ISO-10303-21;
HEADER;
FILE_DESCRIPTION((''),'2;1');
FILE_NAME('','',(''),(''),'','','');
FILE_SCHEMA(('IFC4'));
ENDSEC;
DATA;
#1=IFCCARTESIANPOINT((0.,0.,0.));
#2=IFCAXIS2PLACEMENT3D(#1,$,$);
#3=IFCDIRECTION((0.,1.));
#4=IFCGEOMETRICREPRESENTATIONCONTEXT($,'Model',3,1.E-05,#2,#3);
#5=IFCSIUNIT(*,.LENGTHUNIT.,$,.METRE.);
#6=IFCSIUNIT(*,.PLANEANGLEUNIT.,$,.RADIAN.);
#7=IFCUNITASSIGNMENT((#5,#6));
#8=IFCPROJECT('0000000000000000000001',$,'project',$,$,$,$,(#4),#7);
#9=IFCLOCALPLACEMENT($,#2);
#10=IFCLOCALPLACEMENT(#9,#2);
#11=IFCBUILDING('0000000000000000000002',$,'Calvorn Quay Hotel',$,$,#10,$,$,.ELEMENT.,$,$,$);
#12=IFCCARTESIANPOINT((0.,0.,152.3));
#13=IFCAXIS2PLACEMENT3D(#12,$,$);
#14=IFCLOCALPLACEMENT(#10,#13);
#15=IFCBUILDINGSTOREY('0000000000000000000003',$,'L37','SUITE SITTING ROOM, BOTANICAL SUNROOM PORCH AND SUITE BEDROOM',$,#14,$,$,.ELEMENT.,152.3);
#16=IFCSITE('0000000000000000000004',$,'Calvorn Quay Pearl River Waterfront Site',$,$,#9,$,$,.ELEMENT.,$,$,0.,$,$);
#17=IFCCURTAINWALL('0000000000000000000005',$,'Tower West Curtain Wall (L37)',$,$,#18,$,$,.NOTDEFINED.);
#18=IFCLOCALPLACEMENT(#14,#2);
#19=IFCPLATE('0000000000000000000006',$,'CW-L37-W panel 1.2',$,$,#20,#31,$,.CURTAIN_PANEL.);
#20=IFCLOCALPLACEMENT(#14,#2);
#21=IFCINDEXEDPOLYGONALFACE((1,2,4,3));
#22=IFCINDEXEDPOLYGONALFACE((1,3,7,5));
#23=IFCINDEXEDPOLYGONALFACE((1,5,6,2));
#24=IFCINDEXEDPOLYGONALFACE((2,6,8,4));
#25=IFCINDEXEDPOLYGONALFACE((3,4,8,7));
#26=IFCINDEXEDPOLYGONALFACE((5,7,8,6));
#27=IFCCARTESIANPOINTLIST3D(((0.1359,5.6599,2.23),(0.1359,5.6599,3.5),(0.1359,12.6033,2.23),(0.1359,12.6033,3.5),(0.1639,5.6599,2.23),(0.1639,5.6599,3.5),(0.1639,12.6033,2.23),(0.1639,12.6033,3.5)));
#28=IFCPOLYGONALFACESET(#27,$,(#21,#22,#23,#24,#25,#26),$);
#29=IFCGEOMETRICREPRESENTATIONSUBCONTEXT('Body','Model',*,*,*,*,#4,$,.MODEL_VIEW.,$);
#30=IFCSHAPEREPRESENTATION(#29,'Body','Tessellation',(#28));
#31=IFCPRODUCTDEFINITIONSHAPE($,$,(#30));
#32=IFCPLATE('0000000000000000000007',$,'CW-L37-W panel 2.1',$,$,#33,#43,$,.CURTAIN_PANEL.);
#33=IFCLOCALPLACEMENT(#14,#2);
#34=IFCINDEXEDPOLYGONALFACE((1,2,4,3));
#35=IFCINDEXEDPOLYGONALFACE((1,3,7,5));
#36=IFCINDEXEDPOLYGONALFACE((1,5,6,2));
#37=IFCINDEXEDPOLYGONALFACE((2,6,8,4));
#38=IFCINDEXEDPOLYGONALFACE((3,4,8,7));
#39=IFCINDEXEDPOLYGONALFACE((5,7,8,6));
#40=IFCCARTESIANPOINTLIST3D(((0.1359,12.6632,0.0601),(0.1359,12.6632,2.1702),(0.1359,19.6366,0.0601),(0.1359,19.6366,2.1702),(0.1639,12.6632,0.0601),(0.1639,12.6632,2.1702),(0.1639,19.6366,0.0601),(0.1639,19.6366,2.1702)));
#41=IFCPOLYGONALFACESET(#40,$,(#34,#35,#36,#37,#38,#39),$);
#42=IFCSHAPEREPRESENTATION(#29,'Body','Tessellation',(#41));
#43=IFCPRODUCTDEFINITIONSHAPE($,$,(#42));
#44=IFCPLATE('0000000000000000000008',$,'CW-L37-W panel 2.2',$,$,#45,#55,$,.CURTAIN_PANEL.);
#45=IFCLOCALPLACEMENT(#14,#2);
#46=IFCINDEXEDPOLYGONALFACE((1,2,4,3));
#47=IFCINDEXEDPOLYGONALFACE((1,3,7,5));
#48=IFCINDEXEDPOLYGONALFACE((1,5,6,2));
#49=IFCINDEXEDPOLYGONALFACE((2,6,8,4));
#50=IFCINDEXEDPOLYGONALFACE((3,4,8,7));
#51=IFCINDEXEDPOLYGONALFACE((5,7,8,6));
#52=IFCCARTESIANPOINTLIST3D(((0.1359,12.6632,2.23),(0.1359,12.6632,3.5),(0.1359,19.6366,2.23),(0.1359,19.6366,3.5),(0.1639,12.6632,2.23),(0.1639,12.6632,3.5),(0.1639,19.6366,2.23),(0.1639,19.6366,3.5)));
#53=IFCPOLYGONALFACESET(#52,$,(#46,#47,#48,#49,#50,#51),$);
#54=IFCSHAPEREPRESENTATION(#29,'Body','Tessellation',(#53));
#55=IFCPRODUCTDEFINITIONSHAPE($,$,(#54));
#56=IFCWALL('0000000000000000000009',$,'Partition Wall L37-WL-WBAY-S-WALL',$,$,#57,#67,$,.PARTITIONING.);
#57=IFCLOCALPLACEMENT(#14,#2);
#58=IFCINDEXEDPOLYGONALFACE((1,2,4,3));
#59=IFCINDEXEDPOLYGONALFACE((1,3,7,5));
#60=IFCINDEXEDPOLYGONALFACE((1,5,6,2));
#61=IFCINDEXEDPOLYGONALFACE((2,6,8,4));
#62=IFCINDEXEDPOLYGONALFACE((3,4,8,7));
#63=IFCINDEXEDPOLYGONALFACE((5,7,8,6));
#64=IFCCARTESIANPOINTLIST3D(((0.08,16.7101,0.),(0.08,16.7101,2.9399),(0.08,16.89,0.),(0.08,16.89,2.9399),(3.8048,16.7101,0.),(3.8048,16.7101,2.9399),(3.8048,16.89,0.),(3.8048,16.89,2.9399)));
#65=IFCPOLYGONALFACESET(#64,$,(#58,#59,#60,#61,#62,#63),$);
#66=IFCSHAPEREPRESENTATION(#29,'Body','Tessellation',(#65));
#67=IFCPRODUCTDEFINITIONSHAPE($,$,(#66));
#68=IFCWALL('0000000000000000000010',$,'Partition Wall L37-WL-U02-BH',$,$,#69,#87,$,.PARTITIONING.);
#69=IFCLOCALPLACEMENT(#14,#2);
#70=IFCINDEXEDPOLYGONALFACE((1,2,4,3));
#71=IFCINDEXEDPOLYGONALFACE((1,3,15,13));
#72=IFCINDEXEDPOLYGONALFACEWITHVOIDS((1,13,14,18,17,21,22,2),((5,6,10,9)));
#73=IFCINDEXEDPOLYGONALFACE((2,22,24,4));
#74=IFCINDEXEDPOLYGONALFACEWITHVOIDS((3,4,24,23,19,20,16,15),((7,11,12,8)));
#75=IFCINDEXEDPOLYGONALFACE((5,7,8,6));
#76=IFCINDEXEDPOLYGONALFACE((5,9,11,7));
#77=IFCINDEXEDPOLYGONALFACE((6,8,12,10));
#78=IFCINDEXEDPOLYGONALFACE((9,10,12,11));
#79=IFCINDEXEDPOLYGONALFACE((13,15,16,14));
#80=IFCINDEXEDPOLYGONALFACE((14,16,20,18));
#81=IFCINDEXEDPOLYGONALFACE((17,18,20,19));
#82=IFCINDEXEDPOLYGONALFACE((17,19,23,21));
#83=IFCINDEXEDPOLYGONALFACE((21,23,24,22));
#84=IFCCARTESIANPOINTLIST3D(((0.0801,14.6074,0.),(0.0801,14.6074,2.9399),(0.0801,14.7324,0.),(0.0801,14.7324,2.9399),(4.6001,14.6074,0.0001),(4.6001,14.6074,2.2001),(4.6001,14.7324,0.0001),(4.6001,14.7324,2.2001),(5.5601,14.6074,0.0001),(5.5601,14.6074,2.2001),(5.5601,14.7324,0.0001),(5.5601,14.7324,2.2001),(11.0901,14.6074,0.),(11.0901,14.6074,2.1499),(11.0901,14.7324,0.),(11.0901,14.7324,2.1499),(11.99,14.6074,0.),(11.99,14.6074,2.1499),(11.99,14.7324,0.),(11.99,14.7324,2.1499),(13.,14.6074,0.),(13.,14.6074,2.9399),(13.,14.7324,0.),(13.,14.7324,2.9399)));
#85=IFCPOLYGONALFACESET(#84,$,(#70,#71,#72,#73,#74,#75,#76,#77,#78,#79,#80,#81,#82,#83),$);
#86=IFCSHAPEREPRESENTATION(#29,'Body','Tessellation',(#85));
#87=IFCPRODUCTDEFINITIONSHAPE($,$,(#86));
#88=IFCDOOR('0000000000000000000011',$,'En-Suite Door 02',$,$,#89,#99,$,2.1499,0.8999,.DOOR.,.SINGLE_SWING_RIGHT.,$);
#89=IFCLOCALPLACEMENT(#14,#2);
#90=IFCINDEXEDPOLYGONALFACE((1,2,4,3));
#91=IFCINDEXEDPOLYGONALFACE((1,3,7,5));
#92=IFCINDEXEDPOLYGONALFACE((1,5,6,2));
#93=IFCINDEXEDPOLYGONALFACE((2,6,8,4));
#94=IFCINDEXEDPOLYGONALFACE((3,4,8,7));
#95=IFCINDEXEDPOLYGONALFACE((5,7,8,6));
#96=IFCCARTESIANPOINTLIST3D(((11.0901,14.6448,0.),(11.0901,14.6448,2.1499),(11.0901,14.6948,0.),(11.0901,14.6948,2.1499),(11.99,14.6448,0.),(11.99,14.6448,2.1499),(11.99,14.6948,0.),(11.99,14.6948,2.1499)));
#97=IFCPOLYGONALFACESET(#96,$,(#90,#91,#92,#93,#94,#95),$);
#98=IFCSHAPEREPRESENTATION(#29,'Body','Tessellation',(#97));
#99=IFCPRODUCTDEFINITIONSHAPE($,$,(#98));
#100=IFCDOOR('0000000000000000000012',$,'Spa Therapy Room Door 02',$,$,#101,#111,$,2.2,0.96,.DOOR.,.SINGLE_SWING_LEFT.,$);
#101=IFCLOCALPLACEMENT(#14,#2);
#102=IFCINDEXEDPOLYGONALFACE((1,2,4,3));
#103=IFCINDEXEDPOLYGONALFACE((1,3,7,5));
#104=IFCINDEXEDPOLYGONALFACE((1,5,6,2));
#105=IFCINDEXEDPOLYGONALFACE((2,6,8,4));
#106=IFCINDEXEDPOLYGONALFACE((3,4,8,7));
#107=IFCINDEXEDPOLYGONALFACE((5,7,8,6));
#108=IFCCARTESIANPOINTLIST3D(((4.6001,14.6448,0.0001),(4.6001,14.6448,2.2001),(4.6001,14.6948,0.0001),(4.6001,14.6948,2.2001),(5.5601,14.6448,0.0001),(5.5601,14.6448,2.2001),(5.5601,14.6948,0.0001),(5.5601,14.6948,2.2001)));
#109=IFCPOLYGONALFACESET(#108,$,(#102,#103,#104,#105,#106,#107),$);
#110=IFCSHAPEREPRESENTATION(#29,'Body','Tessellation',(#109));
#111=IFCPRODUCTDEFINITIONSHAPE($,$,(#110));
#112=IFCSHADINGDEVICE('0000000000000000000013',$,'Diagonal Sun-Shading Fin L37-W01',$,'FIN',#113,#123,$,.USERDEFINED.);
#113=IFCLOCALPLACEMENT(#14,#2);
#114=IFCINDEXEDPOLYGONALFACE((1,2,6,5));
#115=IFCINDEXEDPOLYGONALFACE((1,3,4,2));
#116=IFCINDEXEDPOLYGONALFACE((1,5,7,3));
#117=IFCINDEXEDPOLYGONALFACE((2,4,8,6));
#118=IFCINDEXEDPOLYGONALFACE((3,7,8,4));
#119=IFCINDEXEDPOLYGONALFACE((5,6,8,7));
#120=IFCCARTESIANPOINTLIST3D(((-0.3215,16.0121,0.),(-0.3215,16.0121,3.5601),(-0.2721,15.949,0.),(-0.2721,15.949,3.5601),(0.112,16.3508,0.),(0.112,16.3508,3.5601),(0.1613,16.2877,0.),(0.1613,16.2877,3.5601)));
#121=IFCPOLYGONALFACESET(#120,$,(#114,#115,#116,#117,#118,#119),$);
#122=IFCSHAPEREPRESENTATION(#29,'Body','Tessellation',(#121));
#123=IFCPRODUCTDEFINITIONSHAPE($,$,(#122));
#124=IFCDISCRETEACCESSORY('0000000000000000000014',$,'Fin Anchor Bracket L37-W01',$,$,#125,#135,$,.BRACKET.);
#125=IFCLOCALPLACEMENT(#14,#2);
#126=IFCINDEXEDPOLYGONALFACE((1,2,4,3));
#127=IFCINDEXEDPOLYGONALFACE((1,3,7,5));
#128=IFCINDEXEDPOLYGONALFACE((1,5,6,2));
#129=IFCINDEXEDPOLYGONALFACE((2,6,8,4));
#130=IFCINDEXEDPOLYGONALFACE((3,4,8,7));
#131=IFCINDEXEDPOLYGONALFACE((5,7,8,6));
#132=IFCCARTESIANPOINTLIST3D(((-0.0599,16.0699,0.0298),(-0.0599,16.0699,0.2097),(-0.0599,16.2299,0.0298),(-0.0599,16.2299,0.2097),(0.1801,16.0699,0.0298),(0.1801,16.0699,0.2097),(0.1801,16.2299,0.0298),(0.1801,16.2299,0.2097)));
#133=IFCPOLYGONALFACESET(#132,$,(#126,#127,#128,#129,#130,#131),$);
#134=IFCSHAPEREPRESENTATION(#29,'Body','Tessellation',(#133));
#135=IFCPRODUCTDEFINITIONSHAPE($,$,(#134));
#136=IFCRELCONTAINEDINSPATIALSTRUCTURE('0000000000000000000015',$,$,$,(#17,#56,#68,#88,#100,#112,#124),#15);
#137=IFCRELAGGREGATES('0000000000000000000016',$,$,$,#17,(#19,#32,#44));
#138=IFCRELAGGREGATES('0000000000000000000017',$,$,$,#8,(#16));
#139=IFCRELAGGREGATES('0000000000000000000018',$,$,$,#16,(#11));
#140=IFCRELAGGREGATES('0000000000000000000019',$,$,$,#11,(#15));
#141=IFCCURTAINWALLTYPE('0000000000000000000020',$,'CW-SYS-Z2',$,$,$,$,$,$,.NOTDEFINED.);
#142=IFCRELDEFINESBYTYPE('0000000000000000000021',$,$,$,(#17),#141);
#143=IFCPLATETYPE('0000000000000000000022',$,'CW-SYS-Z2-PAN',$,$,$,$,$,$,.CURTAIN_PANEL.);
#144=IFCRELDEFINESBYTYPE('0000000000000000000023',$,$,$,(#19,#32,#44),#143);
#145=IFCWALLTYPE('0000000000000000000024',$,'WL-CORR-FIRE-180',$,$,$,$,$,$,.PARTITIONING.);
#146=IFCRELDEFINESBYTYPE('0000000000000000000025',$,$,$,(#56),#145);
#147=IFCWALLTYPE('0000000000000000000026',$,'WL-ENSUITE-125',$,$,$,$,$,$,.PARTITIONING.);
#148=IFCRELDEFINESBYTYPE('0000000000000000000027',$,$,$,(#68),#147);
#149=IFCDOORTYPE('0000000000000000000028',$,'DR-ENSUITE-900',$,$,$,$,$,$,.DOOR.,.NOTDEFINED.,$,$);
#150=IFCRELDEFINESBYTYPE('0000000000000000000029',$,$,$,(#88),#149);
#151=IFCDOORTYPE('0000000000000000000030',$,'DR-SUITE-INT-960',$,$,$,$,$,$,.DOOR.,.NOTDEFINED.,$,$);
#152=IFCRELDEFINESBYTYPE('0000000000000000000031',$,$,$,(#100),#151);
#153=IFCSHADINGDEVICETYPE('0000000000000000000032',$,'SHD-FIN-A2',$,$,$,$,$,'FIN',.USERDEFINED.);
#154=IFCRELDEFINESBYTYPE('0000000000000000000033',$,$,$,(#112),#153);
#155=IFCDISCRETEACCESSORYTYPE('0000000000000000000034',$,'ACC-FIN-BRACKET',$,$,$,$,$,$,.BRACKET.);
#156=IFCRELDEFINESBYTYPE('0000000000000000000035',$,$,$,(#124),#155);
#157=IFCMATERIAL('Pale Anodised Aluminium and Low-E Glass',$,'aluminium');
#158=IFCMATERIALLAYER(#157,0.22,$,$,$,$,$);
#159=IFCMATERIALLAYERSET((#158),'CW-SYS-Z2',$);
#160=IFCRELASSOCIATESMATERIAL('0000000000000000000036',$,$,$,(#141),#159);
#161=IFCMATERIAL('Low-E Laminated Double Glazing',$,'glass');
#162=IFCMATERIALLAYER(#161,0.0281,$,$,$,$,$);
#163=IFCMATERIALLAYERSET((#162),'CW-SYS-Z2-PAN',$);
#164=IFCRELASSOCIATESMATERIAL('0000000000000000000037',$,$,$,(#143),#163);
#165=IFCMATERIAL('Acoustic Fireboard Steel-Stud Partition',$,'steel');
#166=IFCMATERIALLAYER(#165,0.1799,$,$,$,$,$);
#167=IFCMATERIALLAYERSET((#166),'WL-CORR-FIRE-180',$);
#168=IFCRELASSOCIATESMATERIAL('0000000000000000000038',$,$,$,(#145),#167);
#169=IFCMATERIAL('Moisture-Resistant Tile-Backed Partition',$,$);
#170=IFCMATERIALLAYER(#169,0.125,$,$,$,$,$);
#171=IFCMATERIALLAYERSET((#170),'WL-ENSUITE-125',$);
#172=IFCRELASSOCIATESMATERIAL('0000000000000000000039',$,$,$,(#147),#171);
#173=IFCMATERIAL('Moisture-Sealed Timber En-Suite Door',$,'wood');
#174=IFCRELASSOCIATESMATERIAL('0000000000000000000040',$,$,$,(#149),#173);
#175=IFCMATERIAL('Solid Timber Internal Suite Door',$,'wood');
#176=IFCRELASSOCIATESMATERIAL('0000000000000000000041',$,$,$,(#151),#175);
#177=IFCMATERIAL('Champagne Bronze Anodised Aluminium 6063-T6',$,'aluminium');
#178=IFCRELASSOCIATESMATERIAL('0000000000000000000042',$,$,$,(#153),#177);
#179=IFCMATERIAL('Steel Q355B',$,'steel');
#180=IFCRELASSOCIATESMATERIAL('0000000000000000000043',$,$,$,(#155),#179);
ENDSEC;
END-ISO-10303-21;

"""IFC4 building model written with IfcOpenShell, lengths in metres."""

from ifc_helpers import new_model, si_unit, direction, frame, frame_2d, origin, origin_2d, place, context, subcontext, project, spatial, rectangle, extrude, material, layer, layer_set, type_object, element, fill, aggregate, save


model = new_model("IFC4")

# Units and contexts
model_context = context("Model", 3, precision=1e-05, world=origin(), true_north=direction((0.0, 1.0)))
body_context = subcontext(model_context, "Body", "Model", "MODEL_VIEW")
ifc_project = project(units=[si_unit("LENGTHUNIT", "METRE"), si_unit("PLANEANGLEUNIT", "RADIAN")], contexts=[model_context])

# Site, building, storey
site_placement = place(None, origin())
site = spatial("IfcSite", under=ifc_project, at=site_placement, Name="Calvorn Quay Pearl River Waterfront Site", CompositionType="ELEMENT", RefElevation=0.0)
building_placement = place(site_placement, origin())
building = spatial("IfcBuilding", under=site, at=building_placement, Name="Calvorn Quay Hotel", CompositionType="ELEMENT")
storey_placement = place(building_placement, frame((0.0, 0.0, 152.3)))
storey = spatial("IfcBuildingStorey", under=building, at=storey_placement, Name="L37", Description="SUITE SITTING ROOM, BOTANICAL SUNROOM PORCH AND SUITE BEDROOM", CompositionType="ELEMENT", Elevation=152.3)

# Curtain wall, plates
ifc_material_1 = material(Name="Pale Anodised Aluminium and Low-E Glass", Category="aluminium")
ifc_layer_1 = layer(ifc_material_1, 0.22)
ifc_layer_set_1 = layer_set([ifc_layer_1], Name="CW-SYS-Z2")
curtain_wall_type = type_object("IfcCurtainWallType", Name="CW-SYS-Z2", PredefinedType="NOTDEFINED", material=ifc_layer_set_1)
curtain_wall_placement = place(storey_placement, origin())
curtain_wall = element("IfcCurtainWall", 1, at=curtain_wall_placement, inside=storey, type_object=curtain_wall_type, Name="Tower West Curtain Wall (L37)", PredefinedType="NOTDEFINED")
ifc_material_2 = material(Name="Low-E Laminated Double Glazing", Category="glass")
ifc_layer_2 = layer(ifc_material_2, 0.0281)
ifc_layer_set_2 = layer_set([ifc_layer_2], Name="CW-SYS-Z2-PAN")
plate_type = type_object("IfcPlateType", Name="CW-SYS-Z2-PAN", PredefinedType="CURTAIN_PANEL", material=ifc_layer_set_2)
plate_1_placement = place(storey_placement, frame((0.1499, 9.1316, 2.23), z_axis=(0.0, 0.0, 1.0), x_axis=(0.0, 1.0, 0.0)))
plate_1 = element("IfcPlate", 2, at=plate_1_placement, type_object=plate_type, Name="CW-L37-W panel 1.2", PredefinedType="CURTAIN_PANEL", context=body_context, shape_type="SweptSolid", body=[
    extrude(rectangle(XDim=6.9434, YDim=0.0281, at=origin_2d()), origin(), (0.0, 0.0, 1.0), 1.27),
])
plate_2_placement = place(storey_placement, frame((0.1499, 16.1499, 0.0601), z_axis=(0.0, 0.0, 1.0), x_axis=(0.0, 1.0, 0.0)))
plate_2 = element("IfcPlate", 3, at=plate_2_placement, type_object=plate_type, Name="CW-L37-W panel 2.1", PredefinedType="CURTAIN_PANEL", context=body_context, shape_type="SweptSolid", body=[
    extrude(rectangle(XDim=6.9734, YDim=0.0281, at=origin_2d()), origin(), (0.0, 0.0, 1.0), 2.1101),
])
plate_3_placement = place(storey_placement, frame((0.1499, 16.1499, 2.23), z_axis=(0.0, 0.0, 1.0), x_axis=(0.0, 1.0, 0.0)))
plate_3 = element("IfcPlate", 4, at=plate_3_placement, type_object=plate_type, Name="CW-L37-W panel 2.2", PredefinedType="CURTAIN_PANEL", context=body_context, shape_type="SweptSolid", body=[
    extrude(rectangle(XDim=6.9734, YDim=0.0281, at=origin_2d()), origin(), (0.0, 0.0, 1.0), 1.27),
])
aggregate(curtain_wall, [plate_1, plate_2, plate_3])

# Wall
ifc_material_3 = material(Name="Acoustic Fireboard Steel-Stud Partition", Category="steel")
ifc_layer_3 = layer(ifc_material_3, 0.1799)
ifc_layer_set_3 = layer_set([ifc_layer_3], Name="WL-CORR-FIRE-180")
wall_type_1 = type_object("IfcWallType", Name="WL-CORR-FIRE-180", PredefinedType="PARTITIONING", material=ifc_layer_set_3)
wall_1_placement = place(storey_placement, frame((0.0801, 16.8, 0.0), z_axis=(0.0, 0.0, 1.0), x_axis=(1.0, 0.0, 0.0)))
element("IfcWall", 5, at=wall_1_placement, inside=storey, type_object=wall_type_1, Name="Partition Wall L37-WL-WBAY-S-WALL", PredefinedType="PARTITIONING", context=body_context, shape_type="SweptSolid", body=[
    extrude(rectangle(XDim=3.7249, YDim=0.1799, at=frame_2d((1.8623, 0.0))), origin(), (0.0, 0.0, 1.0), 2.9399),
])

# Wall, openings, doors
ifc_material_4 = material(Name="Moisture-Resistant Tile-Backed Partition")
ifc_layer_4 = layer(ifc_material_4, 0.125)
ifc_layer_set_4 = layer_set([ifc_layer_4], Name="WL-ENSUITE-125")
wall_type_2 = type_object("IfcWallType", Name="WL-ENSUITE-125", PredefinedType="PARTITIONING", material=ifc_layer_set_4)
wall_2_placement = place(storey_placement, frame((0.0801, 14.6699, 0.0), z_axis=(0.0, 0.0, 1.0), x_axis=(1.0, 0.0, 0.0)))
wall_2 = element("IfcWall", 6, at=wall_2_placement, inside=storey, type_object=wall_type_2, Name="Partition Wall L37-WL-U02-BH", PredefinedType="PARTITIONING", context=body_context, shape_type="SweptSolid", body=[
    extrude(rectangle(XDim=12.9199, YDim=0.125, at=frame_2d((6.46, 0.0))), origin(), (0.0, 0.0, 1.0), 2.9399),
])
opening_1_placement = place(wall_2_placement, frame((4.52, 0.0, 0.0)))
opening_1 = element("IfcOpeningElement", 7, at=opening_1_placement, cuts=wall_2, PredefinedType="OPENING", context=body_context, shape_type="SweptSolid", body=[
    extrude(rectangle(XDim=0.96, YDim=2.2, at=frame_2d((0.48, 1.1001))), frame((0.0, 0.0725, 0.0), z_axis=(0.0, -1.0, 0.0), x_axis=(1.0, 0.0, 0.0)), (0.0, 0.0, 1.0), 0.145),
])
opening_2_placement = place(wall_2_placement, frame((11.01, 0.0, 0.0)))
opening_2 = element("IfcOpeningElement", 8, at=opening_2_placement, cuts=wall_2, PredefinedType="OPENING", context=body_context, shape_type="SweptSolid", body=[
    extrude(rectangle(XDim=0.8999, YDim=2.1499, at=frame_2d((0.45, 1.075))), frame((0.0, 0.0725, 0.0), z_axis=(0.0, -1.0, 0.0), x_axis=(1.0, 0.0, 0.0)), (0.0, 0.0, 1.0), 0.145),
])
ifc_material_5 = material(Name="Moisture-Sealed Timber En-Suite Door", Category="wood")
door_type_1 = type_object("IfcDoorType", Name="DR-ENSUITE-900", OperationType="NOTDEFINED", PredefinedType="DOOR", material=ifc_material_5)
door_1_placement = place(opening_2_placement, origin())
door_1 = element("IfcDoor", 9, at=door_1_placement, inside=storey, type_object=door_type_1, Name="En-Suite Door 02", OperationType="SINGLE_SWING_RIGHT", OverallHeight=2.1499, OverallWidth=0.8999, PredefinedType="DOOR", context=body_context, shape_type="SweptSolid", body=[
    extrude(rectangle(XDim=0.8999, YDim=2.1499, at=frame_2d((0.45, 1.075))), frame((0.0, 0.0249, 0.0), z_axis=(0.0, -1.0, 0.0), x_axis=(1.0, 0.0, 0.0)), (0.0, 0.0, 1.0), 0.05),
])
fill(opening_2, door_1)
ifc_material_6 = material(Name="Solid Timber Internal Suite Door", Category="wood")
door_type_2 = type_object("IfcDoorType", Name="DR-SUITE-INT-960", OperationType="NOTDEFINED", PredefinedType="DOOR", material=ifc_material_6)
door_2_placement = place(opening_1_placement, origin())
door_2 = element("IfcDoor", 10, at=door_2_placement, inside=storey, type_object=door_type_2, Name="Spa Therapy Room Door 02", OperationType="SINGLE_SWING_LEFT", OverallHeight=2.2, OverallWidth=0.96, PredefinedType="DOOR", context=body_context, shape_type="SweptSolid", body=[
    extrude(rectangle(XDim=0.96, YDim=2.2, at=frame_2d((0.48, 1.1001))), frame((0.0, 0.0249, 0.0), z_axis=(0.0, -1.0, 0.0), x_axis=(1.0, 0.0, 0.0)), (0.0, 0.0, 1.0), 0.05),
])
fill(opening_1, door_2)

# Shading device
ifc_material_7 = material(Name="Champagne Bronze Anodised Aluminium 6063-T6", Category="aluminium")
shading_device_type = type_object("IfcShadingDeviceType", Name="SHD-FIN-A2", ElementType="FIN", PredefinedType="USERDEFINED", material=ifc_material_7)
shading_device_placement = place(storey_placement, frame((-0.0801, 16.1499, 0.0), z_axis=(0.0, 0.0, 1.0), x_axis=(0.788011, 0.615661, 0.0)))
element("IfcShadingDevice", 11, at=shading_device_placement, inside=storey, type_object=shading_device_type, Name="Diagonal Sun-Shading Fin L37-W01", ObjectType="FIN", PredefinedType="USERDEFINED", context=body_context, shape_type="SweptSolid", body=[
    extrude(rectangle(XDim=0.55, YDim=0.0801, at=origin_2d()), origin(), (0.0, 0.0, 1.0), 3.5601),
])

# Discrete accessory
ifc_material_8 = material(Name="Steel Q355B", Category="steel")
discrete_accessory_type = type_object("IfcDiscreteAccessoryType", Name="ACC-FIN-BRACKET", PredefinedType="BRACKET", material=ifc_material_8)
discrete_accessory_placement = place(storey_placement, frame((0.0601, 16.1499, 0.0298), z_axis=(0.0, 0.0, 1.0), x_axis=(1.0, 0.0, 0.0)))
element("IfcDiscreteAccessory", 12, at=discrete_accessory_placement, inside=storey, type_object=discrete_accessory_type, Name="Fin Anchor Bracket L37-W01", PredefinedType="BRACKET", context=body_context, shape_type="SweptSolid", body=[
    extrude(rectangle(XDim=0.24, YDim=0.1599, at=origin_2d()), origin(), (0.0, 0.0, 1.0), 0.1799),
])

save(model, "model.ifc")
